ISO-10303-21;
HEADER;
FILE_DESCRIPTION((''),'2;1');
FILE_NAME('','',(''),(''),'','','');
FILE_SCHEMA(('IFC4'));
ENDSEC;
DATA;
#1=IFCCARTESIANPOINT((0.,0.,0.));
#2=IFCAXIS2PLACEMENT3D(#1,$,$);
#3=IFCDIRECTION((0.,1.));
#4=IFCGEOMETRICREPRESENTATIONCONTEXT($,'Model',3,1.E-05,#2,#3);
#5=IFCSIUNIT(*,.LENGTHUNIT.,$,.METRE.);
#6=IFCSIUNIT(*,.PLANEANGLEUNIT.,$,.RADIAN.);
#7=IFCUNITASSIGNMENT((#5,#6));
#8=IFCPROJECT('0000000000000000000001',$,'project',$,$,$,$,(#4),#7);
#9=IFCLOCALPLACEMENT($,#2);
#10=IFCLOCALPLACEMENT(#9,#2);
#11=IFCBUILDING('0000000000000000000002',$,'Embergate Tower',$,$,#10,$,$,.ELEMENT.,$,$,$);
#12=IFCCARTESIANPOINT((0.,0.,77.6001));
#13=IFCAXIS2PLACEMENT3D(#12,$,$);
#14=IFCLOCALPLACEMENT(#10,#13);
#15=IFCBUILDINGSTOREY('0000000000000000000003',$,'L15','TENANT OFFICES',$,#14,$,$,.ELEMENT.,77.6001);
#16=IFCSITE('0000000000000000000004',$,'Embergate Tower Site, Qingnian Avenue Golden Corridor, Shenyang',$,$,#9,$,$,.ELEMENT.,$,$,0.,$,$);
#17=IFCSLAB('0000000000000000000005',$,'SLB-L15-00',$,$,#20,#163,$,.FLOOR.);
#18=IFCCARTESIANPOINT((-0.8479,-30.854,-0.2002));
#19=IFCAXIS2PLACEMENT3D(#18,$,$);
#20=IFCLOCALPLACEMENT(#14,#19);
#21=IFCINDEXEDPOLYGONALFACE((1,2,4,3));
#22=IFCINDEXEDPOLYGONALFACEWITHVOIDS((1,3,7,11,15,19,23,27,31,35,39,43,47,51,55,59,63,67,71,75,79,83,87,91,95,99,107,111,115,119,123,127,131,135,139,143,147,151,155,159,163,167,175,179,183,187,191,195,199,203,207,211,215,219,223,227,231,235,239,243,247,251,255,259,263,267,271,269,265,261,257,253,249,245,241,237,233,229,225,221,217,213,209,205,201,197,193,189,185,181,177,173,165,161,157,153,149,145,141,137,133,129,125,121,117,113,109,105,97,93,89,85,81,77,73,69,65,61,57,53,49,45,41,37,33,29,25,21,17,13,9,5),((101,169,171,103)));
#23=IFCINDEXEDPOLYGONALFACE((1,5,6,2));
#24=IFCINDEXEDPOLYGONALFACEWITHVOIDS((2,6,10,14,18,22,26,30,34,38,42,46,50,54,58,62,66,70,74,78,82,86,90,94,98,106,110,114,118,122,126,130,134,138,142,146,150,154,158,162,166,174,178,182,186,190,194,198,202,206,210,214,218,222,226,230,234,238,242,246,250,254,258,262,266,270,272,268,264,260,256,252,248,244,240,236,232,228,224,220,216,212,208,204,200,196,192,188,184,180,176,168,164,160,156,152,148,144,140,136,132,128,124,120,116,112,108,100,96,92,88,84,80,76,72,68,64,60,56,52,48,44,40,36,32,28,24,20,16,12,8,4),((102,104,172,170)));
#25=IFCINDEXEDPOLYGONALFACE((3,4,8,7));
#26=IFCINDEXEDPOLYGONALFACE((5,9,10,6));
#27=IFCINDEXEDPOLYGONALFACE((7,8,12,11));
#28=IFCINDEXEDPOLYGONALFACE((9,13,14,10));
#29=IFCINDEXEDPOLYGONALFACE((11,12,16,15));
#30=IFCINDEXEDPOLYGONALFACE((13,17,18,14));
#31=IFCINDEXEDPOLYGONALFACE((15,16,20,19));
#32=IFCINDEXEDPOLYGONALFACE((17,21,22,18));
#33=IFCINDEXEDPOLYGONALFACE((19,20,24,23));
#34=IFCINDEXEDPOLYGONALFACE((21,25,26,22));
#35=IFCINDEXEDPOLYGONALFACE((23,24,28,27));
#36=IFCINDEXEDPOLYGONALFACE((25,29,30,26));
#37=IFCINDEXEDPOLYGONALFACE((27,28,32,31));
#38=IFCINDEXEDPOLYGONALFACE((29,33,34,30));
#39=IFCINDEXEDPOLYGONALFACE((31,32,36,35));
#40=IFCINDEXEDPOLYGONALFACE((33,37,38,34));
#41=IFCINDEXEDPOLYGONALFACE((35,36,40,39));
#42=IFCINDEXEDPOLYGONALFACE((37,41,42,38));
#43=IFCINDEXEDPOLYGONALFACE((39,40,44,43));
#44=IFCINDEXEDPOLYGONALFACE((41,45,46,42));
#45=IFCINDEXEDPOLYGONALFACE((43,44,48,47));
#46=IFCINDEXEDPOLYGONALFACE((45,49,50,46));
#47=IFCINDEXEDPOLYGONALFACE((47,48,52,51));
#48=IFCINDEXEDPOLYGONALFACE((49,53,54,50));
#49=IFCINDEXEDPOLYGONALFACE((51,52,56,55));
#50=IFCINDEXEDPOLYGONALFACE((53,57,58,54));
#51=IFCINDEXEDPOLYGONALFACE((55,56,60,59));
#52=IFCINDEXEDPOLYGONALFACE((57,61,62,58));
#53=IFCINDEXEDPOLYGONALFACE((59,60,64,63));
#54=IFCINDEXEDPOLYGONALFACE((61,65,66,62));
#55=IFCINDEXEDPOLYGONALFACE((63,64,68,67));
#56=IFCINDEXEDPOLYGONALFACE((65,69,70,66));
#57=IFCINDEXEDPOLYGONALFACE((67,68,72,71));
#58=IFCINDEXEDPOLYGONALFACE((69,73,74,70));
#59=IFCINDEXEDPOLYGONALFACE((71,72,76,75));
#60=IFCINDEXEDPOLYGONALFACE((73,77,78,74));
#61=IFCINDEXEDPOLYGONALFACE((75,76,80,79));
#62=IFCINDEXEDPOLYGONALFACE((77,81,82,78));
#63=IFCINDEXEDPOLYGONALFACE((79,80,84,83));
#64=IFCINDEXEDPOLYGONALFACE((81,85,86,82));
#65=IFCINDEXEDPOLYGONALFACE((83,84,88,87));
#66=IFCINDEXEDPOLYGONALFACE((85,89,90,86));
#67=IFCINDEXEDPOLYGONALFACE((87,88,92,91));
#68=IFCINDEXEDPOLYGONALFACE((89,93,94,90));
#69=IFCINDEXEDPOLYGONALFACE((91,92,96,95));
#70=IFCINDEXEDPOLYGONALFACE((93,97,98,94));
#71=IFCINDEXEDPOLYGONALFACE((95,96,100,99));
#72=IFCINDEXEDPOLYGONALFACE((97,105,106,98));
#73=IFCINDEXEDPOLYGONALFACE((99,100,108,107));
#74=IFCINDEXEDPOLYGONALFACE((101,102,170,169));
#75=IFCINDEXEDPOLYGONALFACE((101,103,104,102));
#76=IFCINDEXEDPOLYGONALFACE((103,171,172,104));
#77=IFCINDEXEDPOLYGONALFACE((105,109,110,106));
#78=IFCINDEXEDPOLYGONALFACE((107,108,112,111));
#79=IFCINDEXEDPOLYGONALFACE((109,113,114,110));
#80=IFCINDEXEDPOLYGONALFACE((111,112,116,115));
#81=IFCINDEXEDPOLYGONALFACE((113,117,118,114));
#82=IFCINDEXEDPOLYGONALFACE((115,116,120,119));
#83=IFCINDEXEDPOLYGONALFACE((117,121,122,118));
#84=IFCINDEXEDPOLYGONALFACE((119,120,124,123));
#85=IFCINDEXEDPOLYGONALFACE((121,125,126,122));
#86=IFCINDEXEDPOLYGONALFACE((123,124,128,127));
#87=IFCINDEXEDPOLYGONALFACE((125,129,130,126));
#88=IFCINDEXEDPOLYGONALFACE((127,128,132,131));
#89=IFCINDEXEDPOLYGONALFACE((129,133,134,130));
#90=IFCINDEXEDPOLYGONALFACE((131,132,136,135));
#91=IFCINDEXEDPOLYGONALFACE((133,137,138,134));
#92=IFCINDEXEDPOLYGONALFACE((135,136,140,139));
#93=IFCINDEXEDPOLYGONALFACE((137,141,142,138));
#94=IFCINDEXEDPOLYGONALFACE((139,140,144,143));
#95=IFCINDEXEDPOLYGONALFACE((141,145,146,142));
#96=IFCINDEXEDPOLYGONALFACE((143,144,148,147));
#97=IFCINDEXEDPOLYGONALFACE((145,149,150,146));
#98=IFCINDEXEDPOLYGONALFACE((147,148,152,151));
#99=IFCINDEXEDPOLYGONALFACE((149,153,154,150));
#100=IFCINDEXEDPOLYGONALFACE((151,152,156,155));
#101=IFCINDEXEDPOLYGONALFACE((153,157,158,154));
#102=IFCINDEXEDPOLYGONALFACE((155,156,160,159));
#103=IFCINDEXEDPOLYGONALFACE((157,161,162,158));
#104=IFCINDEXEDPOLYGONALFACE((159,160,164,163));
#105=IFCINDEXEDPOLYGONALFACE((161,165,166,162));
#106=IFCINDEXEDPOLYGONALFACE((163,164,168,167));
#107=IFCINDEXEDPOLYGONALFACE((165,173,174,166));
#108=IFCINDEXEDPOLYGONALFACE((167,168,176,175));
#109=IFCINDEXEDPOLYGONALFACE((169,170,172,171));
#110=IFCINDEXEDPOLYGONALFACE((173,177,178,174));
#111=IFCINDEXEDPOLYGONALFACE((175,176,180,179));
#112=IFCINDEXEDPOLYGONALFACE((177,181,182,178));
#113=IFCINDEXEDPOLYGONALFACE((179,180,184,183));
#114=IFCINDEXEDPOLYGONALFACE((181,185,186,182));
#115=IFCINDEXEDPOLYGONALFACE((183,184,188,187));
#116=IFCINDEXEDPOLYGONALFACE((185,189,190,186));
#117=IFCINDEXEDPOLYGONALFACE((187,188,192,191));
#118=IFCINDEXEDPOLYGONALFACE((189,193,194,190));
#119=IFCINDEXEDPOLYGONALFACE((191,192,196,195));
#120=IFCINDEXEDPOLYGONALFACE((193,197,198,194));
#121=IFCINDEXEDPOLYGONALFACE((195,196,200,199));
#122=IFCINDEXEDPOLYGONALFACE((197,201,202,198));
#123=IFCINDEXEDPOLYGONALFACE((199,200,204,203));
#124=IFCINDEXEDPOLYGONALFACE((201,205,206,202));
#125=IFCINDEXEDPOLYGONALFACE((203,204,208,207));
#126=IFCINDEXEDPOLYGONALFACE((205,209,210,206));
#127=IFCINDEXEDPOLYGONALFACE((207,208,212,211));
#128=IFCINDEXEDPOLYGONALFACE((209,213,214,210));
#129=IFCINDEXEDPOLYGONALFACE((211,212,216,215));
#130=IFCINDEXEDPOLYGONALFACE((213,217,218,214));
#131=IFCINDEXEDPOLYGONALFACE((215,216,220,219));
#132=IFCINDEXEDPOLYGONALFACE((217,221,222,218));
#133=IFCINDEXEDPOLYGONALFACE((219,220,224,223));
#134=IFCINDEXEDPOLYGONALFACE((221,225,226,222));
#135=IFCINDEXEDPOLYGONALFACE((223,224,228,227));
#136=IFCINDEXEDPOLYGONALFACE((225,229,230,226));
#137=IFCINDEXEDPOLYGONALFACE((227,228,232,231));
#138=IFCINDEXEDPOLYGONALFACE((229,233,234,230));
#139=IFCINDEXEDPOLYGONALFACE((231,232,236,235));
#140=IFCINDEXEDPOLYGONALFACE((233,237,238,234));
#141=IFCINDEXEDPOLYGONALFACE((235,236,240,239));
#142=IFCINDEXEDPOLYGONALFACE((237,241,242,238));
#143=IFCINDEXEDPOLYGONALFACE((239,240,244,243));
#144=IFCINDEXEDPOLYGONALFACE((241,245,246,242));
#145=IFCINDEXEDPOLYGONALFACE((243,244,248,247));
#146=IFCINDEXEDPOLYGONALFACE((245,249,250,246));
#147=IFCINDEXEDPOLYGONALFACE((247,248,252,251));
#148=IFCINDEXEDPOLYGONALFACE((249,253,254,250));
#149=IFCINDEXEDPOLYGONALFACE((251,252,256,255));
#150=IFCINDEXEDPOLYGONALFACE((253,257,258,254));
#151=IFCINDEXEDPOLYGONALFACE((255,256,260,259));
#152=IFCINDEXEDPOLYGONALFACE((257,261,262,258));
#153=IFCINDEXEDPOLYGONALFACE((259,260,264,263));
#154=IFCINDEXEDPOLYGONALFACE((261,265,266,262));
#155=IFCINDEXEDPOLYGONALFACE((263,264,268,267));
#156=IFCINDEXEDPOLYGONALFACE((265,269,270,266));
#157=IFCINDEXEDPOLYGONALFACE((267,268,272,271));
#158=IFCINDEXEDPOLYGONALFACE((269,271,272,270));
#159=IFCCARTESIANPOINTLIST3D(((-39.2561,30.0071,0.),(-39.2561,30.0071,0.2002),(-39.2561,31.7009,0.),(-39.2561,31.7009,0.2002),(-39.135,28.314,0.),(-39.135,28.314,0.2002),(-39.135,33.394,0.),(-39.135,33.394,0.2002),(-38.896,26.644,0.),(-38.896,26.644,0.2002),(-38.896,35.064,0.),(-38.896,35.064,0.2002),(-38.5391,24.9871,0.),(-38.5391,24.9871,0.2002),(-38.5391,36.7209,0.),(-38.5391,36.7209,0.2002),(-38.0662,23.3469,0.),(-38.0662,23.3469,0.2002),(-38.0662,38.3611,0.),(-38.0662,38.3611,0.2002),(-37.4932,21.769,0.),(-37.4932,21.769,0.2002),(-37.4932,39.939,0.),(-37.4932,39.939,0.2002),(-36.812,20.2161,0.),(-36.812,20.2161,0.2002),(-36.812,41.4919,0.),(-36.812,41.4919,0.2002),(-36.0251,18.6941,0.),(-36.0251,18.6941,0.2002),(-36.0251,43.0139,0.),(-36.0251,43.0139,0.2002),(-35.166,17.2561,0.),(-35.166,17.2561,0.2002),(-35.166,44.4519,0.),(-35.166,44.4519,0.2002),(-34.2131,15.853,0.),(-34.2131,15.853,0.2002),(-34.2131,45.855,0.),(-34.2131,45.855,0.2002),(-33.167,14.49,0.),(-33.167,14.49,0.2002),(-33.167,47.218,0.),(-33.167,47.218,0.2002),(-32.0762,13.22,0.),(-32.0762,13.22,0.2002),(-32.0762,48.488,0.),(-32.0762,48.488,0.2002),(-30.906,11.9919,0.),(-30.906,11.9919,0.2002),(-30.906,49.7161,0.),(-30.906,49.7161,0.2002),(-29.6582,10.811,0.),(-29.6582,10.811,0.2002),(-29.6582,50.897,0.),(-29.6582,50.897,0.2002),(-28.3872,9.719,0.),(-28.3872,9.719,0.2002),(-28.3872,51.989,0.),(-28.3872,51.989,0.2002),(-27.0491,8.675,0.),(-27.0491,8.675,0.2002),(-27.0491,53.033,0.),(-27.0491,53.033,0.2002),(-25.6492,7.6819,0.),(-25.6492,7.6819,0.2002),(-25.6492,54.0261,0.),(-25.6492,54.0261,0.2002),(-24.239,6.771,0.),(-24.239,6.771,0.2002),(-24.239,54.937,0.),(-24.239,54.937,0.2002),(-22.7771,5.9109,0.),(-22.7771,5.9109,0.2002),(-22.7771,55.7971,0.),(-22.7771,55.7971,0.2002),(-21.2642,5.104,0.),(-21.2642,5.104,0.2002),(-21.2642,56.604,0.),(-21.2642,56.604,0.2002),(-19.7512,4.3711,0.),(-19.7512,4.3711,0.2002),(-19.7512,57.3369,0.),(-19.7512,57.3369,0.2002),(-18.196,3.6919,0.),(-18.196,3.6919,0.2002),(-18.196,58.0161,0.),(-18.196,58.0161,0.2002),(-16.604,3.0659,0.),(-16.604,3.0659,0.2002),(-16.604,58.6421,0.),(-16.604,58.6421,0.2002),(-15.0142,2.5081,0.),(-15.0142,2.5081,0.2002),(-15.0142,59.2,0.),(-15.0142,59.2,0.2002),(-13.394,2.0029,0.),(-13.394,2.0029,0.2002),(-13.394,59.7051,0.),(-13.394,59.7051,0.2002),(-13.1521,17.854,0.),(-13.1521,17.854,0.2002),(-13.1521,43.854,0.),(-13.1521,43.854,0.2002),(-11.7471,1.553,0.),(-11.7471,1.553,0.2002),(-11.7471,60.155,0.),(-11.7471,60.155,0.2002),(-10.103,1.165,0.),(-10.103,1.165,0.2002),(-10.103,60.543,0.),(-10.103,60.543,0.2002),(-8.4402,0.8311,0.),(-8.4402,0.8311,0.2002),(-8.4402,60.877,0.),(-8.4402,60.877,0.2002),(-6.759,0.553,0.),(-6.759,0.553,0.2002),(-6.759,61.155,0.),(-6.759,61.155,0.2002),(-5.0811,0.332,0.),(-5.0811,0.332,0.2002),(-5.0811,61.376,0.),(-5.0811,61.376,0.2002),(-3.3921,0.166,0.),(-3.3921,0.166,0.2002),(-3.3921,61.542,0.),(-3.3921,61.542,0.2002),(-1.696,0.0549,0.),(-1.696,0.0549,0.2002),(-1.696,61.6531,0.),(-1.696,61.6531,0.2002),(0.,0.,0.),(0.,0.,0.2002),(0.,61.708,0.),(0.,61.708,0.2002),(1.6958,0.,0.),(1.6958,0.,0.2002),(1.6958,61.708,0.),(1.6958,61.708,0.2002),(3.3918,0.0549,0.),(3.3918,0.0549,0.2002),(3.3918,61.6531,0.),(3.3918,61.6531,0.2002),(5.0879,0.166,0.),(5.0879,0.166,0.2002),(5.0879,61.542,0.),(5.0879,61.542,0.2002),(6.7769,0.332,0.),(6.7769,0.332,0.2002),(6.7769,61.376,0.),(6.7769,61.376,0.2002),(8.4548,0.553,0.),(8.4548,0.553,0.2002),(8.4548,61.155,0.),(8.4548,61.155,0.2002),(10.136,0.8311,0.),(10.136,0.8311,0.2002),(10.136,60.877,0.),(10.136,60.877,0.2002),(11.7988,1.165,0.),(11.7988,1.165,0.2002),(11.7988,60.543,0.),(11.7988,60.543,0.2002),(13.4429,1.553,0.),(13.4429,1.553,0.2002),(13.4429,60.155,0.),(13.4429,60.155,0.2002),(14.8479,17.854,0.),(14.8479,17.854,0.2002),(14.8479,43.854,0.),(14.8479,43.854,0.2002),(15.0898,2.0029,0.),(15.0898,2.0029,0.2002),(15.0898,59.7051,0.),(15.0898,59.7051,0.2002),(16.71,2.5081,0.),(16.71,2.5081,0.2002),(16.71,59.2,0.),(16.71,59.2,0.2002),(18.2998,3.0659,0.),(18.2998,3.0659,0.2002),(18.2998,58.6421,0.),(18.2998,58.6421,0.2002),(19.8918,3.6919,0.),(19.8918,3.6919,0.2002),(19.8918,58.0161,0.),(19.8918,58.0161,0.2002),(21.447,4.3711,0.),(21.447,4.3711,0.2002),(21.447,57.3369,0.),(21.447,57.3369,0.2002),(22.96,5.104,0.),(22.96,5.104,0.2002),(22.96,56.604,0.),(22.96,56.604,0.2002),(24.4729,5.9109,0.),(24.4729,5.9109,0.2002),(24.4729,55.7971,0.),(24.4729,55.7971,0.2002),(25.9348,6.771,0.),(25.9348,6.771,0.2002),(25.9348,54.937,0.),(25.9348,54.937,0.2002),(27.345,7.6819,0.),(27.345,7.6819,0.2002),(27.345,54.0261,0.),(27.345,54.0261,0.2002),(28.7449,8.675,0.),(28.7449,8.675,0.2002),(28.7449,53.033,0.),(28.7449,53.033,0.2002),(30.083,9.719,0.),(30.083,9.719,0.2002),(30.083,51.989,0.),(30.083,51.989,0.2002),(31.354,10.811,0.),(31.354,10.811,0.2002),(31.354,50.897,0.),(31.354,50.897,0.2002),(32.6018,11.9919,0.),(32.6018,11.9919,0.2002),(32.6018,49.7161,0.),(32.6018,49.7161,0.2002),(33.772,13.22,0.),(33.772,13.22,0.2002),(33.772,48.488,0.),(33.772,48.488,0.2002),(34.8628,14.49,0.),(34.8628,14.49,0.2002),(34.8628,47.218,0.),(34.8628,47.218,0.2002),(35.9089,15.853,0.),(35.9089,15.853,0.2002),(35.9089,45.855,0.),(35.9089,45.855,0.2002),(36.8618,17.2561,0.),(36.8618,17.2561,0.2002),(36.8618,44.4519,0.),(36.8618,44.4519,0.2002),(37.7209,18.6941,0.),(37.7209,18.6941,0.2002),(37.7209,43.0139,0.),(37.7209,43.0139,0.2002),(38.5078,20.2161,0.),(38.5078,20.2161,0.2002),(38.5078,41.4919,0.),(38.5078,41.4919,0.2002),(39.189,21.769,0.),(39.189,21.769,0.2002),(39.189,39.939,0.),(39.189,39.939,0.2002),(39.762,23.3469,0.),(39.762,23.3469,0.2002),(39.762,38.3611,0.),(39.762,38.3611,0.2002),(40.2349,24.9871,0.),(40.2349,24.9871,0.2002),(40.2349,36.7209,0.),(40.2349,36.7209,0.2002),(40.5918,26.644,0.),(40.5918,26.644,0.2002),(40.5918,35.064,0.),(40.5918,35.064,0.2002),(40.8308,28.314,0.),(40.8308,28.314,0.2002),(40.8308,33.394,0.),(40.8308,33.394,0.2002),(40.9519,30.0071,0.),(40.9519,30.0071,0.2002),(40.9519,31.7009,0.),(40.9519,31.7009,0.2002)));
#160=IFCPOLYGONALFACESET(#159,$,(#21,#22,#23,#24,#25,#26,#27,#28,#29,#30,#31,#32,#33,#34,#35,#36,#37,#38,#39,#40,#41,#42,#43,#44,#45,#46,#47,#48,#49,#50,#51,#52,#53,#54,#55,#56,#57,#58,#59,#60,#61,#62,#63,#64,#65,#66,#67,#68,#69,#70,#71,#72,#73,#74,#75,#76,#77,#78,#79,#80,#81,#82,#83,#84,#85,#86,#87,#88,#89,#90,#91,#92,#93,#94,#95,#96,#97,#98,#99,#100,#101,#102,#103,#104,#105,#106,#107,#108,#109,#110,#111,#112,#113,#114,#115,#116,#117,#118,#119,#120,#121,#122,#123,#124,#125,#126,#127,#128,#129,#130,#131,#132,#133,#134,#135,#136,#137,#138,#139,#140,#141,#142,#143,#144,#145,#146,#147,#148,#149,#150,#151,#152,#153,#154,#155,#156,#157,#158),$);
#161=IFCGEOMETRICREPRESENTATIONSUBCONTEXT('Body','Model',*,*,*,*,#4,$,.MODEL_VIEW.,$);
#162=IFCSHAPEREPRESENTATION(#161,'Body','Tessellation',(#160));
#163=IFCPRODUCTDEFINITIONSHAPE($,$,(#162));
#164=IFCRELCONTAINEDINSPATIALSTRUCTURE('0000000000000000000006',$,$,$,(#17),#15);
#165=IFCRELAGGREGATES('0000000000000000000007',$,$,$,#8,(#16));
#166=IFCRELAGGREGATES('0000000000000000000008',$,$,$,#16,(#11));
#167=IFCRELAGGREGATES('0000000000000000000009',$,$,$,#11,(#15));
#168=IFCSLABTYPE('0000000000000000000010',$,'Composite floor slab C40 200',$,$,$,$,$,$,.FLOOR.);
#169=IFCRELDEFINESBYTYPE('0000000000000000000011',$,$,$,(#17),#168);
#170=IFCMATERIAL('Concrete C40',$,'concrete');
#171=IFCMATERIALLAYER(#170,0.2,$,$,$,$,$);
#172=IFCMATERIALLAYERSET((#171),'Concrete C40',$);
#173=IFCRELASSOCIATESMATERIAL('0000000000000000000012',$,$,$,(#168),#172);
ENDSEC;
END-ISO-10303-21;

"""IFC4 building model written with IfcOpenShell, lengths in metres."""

from ifc_helpers import new_model, si_unit, direction, frame, origin, place, context, subcontext, project, spatial, polyline, outline, extrude, source, transform, mapped, material, layer, layer_set, type_object, element, save


model = new_model("IFC4")

# Units and contexts
model_context = context("Model", 3, precision=1e-05, world=origin(), true_north=direction((0.0, 1.0)))
body_context = subcontext(model_context, "Body", "Model", "MODEL_VIEW")
ifc_project = project(units=[si_unit("LENGTHUNIT", "METRE"), si_unit("PLANEANGLEUNIT", "RADIAN")], contexts=[model_context])

# Site, building, storey
site_placement = place(None, origin())
site = spatial("IfcSite", under=ifc_project, at=site_placement, Name="Embergate Tower Site, Qingnian Avenue Golden Corridor, Shenyang", CompositionType="ELEMENT", RefElevation=0.0)
building_placement = place(site_placement, origin())
building = spatial("IfcBuilding", under=site, at=building_placement, Name="Embergate Tower", CompositionType="ELEMENT")
storey_placement = place(building_placement, frame((0.0, 0.0, 77.6001)))
storey = spatial("IfcBuildingStorey", under=building, at=storey_placement, Name="L15", Description="TENANT OFFICES", CompositionType="ELEMENT", Elevation=77.6001)

# Slab
ifc_material_1 = material(Name="Concrete C40", Category="concrete")
ifc_layer_1 = layer(ifc_material_1, 0.2)
ifc_layer_set_1 = layer_set([ifc_layer_1], Name="Concrete C40")
slab_type = type_object("IfcSlabType", Name="Composite floor slab C40 200", PredefinedType="FLOOR", material=ifc_layer_set_1)
shared_shape_1 = source(origin(), body_context, "Body", "SweptSolid", [
    extrude(outline(polyline([(0.0, 0.0), (1.6958, 0.0), (3.3918, 0.0549), (5.0879, 0.166), (6.7769, 0.332), (8.4548, 0.553), (10.136, 0.8311), (11.7988, 1.165), (13.4429, 1.553), (15.0898, 2.0029), (16.71, 2.5081), (18.2998, 3.0659), (19.8918, 3.6919), (21.447, 4.3711), (22.96, 5.104), (24.4729, 5.9109), (25.9348, 6.771), (27.345, 7.6819), (28.7449, 8.675), (30.083, 9.719), (31.354, 10.811), (32.6018, 11.9919), (33.772, 13.22), (34.8628, 14.49), (35.9089, 15.853), (36.8618, 17.2561), (37.7209, 18.6941), (38.5078, 20.2161), (39.189, 21.769), (39.762, 23.3469), (40.2349, 24.9871), (40.5918, 26.644), (40.8308, 28.314), (40.9519, 30.0071), (40.9519, 31.7009), (40.8308, 33.394), (40.5918, 35.064), (40.2349, 36.7209), (39.762, 38.3611), (39.189, 39.939), (38.5078, 41.4919), (37.7209, 43.0139), (36.8618, 44.4519), (35.9089, 45.855), (34.8628, 47.218), (33.772, 48.488), (32.6018, 49.7161), (31.354, 50.897), (30.083, 51.989), (28.7449, 53.033), (27.345, 54.0261), (25.9348, 54.937), (24.4729, 55.7971), (22.96, 56.604), (21.447, 57.3369), (19.8918, 58.0161), (18.2998, 58.6421), (16.71, 59.2), (15.0898, 59.7051), (13.4429, 60.155), (11.7988, 60.543), (10.136, 60.877), (8.4548, 61.155), (6.7769, 61.376), (5.0879, 61.542), (3.3918, 61.6531), (1.6958, 61.708), (0.0, 61.708), (-1.696, 61.6531), (-3.3921, 61.542), (-5.0811, 61.376), (-6.759, 61.155), (-8.4402, 60.877), (-10.103, 60.543), (-11.7471, 60.155), (-13.394, 59.7051), (-15.0142, 59.2), (-16.604, 58.6421), (-18.196, 58.0161), (-19.7512, 57.3369), (-21.2642, 56.604), (-22.7771, 55.7971), (-24.239, 54.937), (-25.6492, 54.0261), (-27.0491, 53.033), (-28.3872, 51.989), (-29.6582, 50.897), (-30.906, 49.7161), (-32.0762, 48.488), (-33.167, 47.218), (-34.2131, 45.855), (-35.166, 44.4519), (-36.0251, 43.0139), (-36.812, 41.4919), (-37.4932, 39.939), (-38.0662, 38.3611), (-38.5391, 36.7209), (-38.896, 35.064), (-39.135, 33.394), (-39.2561, 31.7009), (-39.2561, 30.0071), (-39.135, 28.314), (-38.896, 26.644), (-38.5391, 24.9871), (-38.0662, 23.3469), (-37.4932, 21.769), (-36.812, 20.2161), (-36.0251, 18.6941), (-35.166, 17.2561), (-34.2131, 15.853), (-33.167, 14.49), (-32.0762, 13.22), (-30.906, 11.9919), (-29.6582, 10.811), (-28.3872, 9.719), (-27.0491, 8.675), (-25.6492, 7.6819), (-24.239, 6.771), (-22.7771, 5.9109), (-21.2642, 5.104), (-19.7512, 4.3711), (-18.196, 3.6919), (-16.604, 3.0659), (-15.0142, 2.5081), (-13.394, 2.0029), (-11.7471, 1.553), (-10.103, 1.165), (-8.4402, 0.8311), (-6.759, 0.553), (-5.0811, 0.332), (-3.3921, 0.166), (-1.696, 0.0549), (0.0, 0.0)]), holes=[polyline([(-13.1521, 17.854), (-13.1521, 43.854), (14.8479, 43.854), (14.8479, 17.854), (-13.1521, 17.854)])]), origin(), (0.0, 0.0, 1.0), 0.2002),
])
slab_placement = place(storey_placement, frame((-0.8479, -30.854, -0.2002)))
element("IfcSlab", 1, at=slab_placement, inside=storey, type_object=slab_type, Name="SLB-L15-00", PredefinedType="FLOOR", context=body_context, shape_type="MappedRepresentation", body=[
    mapped(shared_shape_1, transform((0.0, 0.0, 0.0))),
])

save(model, "model.ifc")
